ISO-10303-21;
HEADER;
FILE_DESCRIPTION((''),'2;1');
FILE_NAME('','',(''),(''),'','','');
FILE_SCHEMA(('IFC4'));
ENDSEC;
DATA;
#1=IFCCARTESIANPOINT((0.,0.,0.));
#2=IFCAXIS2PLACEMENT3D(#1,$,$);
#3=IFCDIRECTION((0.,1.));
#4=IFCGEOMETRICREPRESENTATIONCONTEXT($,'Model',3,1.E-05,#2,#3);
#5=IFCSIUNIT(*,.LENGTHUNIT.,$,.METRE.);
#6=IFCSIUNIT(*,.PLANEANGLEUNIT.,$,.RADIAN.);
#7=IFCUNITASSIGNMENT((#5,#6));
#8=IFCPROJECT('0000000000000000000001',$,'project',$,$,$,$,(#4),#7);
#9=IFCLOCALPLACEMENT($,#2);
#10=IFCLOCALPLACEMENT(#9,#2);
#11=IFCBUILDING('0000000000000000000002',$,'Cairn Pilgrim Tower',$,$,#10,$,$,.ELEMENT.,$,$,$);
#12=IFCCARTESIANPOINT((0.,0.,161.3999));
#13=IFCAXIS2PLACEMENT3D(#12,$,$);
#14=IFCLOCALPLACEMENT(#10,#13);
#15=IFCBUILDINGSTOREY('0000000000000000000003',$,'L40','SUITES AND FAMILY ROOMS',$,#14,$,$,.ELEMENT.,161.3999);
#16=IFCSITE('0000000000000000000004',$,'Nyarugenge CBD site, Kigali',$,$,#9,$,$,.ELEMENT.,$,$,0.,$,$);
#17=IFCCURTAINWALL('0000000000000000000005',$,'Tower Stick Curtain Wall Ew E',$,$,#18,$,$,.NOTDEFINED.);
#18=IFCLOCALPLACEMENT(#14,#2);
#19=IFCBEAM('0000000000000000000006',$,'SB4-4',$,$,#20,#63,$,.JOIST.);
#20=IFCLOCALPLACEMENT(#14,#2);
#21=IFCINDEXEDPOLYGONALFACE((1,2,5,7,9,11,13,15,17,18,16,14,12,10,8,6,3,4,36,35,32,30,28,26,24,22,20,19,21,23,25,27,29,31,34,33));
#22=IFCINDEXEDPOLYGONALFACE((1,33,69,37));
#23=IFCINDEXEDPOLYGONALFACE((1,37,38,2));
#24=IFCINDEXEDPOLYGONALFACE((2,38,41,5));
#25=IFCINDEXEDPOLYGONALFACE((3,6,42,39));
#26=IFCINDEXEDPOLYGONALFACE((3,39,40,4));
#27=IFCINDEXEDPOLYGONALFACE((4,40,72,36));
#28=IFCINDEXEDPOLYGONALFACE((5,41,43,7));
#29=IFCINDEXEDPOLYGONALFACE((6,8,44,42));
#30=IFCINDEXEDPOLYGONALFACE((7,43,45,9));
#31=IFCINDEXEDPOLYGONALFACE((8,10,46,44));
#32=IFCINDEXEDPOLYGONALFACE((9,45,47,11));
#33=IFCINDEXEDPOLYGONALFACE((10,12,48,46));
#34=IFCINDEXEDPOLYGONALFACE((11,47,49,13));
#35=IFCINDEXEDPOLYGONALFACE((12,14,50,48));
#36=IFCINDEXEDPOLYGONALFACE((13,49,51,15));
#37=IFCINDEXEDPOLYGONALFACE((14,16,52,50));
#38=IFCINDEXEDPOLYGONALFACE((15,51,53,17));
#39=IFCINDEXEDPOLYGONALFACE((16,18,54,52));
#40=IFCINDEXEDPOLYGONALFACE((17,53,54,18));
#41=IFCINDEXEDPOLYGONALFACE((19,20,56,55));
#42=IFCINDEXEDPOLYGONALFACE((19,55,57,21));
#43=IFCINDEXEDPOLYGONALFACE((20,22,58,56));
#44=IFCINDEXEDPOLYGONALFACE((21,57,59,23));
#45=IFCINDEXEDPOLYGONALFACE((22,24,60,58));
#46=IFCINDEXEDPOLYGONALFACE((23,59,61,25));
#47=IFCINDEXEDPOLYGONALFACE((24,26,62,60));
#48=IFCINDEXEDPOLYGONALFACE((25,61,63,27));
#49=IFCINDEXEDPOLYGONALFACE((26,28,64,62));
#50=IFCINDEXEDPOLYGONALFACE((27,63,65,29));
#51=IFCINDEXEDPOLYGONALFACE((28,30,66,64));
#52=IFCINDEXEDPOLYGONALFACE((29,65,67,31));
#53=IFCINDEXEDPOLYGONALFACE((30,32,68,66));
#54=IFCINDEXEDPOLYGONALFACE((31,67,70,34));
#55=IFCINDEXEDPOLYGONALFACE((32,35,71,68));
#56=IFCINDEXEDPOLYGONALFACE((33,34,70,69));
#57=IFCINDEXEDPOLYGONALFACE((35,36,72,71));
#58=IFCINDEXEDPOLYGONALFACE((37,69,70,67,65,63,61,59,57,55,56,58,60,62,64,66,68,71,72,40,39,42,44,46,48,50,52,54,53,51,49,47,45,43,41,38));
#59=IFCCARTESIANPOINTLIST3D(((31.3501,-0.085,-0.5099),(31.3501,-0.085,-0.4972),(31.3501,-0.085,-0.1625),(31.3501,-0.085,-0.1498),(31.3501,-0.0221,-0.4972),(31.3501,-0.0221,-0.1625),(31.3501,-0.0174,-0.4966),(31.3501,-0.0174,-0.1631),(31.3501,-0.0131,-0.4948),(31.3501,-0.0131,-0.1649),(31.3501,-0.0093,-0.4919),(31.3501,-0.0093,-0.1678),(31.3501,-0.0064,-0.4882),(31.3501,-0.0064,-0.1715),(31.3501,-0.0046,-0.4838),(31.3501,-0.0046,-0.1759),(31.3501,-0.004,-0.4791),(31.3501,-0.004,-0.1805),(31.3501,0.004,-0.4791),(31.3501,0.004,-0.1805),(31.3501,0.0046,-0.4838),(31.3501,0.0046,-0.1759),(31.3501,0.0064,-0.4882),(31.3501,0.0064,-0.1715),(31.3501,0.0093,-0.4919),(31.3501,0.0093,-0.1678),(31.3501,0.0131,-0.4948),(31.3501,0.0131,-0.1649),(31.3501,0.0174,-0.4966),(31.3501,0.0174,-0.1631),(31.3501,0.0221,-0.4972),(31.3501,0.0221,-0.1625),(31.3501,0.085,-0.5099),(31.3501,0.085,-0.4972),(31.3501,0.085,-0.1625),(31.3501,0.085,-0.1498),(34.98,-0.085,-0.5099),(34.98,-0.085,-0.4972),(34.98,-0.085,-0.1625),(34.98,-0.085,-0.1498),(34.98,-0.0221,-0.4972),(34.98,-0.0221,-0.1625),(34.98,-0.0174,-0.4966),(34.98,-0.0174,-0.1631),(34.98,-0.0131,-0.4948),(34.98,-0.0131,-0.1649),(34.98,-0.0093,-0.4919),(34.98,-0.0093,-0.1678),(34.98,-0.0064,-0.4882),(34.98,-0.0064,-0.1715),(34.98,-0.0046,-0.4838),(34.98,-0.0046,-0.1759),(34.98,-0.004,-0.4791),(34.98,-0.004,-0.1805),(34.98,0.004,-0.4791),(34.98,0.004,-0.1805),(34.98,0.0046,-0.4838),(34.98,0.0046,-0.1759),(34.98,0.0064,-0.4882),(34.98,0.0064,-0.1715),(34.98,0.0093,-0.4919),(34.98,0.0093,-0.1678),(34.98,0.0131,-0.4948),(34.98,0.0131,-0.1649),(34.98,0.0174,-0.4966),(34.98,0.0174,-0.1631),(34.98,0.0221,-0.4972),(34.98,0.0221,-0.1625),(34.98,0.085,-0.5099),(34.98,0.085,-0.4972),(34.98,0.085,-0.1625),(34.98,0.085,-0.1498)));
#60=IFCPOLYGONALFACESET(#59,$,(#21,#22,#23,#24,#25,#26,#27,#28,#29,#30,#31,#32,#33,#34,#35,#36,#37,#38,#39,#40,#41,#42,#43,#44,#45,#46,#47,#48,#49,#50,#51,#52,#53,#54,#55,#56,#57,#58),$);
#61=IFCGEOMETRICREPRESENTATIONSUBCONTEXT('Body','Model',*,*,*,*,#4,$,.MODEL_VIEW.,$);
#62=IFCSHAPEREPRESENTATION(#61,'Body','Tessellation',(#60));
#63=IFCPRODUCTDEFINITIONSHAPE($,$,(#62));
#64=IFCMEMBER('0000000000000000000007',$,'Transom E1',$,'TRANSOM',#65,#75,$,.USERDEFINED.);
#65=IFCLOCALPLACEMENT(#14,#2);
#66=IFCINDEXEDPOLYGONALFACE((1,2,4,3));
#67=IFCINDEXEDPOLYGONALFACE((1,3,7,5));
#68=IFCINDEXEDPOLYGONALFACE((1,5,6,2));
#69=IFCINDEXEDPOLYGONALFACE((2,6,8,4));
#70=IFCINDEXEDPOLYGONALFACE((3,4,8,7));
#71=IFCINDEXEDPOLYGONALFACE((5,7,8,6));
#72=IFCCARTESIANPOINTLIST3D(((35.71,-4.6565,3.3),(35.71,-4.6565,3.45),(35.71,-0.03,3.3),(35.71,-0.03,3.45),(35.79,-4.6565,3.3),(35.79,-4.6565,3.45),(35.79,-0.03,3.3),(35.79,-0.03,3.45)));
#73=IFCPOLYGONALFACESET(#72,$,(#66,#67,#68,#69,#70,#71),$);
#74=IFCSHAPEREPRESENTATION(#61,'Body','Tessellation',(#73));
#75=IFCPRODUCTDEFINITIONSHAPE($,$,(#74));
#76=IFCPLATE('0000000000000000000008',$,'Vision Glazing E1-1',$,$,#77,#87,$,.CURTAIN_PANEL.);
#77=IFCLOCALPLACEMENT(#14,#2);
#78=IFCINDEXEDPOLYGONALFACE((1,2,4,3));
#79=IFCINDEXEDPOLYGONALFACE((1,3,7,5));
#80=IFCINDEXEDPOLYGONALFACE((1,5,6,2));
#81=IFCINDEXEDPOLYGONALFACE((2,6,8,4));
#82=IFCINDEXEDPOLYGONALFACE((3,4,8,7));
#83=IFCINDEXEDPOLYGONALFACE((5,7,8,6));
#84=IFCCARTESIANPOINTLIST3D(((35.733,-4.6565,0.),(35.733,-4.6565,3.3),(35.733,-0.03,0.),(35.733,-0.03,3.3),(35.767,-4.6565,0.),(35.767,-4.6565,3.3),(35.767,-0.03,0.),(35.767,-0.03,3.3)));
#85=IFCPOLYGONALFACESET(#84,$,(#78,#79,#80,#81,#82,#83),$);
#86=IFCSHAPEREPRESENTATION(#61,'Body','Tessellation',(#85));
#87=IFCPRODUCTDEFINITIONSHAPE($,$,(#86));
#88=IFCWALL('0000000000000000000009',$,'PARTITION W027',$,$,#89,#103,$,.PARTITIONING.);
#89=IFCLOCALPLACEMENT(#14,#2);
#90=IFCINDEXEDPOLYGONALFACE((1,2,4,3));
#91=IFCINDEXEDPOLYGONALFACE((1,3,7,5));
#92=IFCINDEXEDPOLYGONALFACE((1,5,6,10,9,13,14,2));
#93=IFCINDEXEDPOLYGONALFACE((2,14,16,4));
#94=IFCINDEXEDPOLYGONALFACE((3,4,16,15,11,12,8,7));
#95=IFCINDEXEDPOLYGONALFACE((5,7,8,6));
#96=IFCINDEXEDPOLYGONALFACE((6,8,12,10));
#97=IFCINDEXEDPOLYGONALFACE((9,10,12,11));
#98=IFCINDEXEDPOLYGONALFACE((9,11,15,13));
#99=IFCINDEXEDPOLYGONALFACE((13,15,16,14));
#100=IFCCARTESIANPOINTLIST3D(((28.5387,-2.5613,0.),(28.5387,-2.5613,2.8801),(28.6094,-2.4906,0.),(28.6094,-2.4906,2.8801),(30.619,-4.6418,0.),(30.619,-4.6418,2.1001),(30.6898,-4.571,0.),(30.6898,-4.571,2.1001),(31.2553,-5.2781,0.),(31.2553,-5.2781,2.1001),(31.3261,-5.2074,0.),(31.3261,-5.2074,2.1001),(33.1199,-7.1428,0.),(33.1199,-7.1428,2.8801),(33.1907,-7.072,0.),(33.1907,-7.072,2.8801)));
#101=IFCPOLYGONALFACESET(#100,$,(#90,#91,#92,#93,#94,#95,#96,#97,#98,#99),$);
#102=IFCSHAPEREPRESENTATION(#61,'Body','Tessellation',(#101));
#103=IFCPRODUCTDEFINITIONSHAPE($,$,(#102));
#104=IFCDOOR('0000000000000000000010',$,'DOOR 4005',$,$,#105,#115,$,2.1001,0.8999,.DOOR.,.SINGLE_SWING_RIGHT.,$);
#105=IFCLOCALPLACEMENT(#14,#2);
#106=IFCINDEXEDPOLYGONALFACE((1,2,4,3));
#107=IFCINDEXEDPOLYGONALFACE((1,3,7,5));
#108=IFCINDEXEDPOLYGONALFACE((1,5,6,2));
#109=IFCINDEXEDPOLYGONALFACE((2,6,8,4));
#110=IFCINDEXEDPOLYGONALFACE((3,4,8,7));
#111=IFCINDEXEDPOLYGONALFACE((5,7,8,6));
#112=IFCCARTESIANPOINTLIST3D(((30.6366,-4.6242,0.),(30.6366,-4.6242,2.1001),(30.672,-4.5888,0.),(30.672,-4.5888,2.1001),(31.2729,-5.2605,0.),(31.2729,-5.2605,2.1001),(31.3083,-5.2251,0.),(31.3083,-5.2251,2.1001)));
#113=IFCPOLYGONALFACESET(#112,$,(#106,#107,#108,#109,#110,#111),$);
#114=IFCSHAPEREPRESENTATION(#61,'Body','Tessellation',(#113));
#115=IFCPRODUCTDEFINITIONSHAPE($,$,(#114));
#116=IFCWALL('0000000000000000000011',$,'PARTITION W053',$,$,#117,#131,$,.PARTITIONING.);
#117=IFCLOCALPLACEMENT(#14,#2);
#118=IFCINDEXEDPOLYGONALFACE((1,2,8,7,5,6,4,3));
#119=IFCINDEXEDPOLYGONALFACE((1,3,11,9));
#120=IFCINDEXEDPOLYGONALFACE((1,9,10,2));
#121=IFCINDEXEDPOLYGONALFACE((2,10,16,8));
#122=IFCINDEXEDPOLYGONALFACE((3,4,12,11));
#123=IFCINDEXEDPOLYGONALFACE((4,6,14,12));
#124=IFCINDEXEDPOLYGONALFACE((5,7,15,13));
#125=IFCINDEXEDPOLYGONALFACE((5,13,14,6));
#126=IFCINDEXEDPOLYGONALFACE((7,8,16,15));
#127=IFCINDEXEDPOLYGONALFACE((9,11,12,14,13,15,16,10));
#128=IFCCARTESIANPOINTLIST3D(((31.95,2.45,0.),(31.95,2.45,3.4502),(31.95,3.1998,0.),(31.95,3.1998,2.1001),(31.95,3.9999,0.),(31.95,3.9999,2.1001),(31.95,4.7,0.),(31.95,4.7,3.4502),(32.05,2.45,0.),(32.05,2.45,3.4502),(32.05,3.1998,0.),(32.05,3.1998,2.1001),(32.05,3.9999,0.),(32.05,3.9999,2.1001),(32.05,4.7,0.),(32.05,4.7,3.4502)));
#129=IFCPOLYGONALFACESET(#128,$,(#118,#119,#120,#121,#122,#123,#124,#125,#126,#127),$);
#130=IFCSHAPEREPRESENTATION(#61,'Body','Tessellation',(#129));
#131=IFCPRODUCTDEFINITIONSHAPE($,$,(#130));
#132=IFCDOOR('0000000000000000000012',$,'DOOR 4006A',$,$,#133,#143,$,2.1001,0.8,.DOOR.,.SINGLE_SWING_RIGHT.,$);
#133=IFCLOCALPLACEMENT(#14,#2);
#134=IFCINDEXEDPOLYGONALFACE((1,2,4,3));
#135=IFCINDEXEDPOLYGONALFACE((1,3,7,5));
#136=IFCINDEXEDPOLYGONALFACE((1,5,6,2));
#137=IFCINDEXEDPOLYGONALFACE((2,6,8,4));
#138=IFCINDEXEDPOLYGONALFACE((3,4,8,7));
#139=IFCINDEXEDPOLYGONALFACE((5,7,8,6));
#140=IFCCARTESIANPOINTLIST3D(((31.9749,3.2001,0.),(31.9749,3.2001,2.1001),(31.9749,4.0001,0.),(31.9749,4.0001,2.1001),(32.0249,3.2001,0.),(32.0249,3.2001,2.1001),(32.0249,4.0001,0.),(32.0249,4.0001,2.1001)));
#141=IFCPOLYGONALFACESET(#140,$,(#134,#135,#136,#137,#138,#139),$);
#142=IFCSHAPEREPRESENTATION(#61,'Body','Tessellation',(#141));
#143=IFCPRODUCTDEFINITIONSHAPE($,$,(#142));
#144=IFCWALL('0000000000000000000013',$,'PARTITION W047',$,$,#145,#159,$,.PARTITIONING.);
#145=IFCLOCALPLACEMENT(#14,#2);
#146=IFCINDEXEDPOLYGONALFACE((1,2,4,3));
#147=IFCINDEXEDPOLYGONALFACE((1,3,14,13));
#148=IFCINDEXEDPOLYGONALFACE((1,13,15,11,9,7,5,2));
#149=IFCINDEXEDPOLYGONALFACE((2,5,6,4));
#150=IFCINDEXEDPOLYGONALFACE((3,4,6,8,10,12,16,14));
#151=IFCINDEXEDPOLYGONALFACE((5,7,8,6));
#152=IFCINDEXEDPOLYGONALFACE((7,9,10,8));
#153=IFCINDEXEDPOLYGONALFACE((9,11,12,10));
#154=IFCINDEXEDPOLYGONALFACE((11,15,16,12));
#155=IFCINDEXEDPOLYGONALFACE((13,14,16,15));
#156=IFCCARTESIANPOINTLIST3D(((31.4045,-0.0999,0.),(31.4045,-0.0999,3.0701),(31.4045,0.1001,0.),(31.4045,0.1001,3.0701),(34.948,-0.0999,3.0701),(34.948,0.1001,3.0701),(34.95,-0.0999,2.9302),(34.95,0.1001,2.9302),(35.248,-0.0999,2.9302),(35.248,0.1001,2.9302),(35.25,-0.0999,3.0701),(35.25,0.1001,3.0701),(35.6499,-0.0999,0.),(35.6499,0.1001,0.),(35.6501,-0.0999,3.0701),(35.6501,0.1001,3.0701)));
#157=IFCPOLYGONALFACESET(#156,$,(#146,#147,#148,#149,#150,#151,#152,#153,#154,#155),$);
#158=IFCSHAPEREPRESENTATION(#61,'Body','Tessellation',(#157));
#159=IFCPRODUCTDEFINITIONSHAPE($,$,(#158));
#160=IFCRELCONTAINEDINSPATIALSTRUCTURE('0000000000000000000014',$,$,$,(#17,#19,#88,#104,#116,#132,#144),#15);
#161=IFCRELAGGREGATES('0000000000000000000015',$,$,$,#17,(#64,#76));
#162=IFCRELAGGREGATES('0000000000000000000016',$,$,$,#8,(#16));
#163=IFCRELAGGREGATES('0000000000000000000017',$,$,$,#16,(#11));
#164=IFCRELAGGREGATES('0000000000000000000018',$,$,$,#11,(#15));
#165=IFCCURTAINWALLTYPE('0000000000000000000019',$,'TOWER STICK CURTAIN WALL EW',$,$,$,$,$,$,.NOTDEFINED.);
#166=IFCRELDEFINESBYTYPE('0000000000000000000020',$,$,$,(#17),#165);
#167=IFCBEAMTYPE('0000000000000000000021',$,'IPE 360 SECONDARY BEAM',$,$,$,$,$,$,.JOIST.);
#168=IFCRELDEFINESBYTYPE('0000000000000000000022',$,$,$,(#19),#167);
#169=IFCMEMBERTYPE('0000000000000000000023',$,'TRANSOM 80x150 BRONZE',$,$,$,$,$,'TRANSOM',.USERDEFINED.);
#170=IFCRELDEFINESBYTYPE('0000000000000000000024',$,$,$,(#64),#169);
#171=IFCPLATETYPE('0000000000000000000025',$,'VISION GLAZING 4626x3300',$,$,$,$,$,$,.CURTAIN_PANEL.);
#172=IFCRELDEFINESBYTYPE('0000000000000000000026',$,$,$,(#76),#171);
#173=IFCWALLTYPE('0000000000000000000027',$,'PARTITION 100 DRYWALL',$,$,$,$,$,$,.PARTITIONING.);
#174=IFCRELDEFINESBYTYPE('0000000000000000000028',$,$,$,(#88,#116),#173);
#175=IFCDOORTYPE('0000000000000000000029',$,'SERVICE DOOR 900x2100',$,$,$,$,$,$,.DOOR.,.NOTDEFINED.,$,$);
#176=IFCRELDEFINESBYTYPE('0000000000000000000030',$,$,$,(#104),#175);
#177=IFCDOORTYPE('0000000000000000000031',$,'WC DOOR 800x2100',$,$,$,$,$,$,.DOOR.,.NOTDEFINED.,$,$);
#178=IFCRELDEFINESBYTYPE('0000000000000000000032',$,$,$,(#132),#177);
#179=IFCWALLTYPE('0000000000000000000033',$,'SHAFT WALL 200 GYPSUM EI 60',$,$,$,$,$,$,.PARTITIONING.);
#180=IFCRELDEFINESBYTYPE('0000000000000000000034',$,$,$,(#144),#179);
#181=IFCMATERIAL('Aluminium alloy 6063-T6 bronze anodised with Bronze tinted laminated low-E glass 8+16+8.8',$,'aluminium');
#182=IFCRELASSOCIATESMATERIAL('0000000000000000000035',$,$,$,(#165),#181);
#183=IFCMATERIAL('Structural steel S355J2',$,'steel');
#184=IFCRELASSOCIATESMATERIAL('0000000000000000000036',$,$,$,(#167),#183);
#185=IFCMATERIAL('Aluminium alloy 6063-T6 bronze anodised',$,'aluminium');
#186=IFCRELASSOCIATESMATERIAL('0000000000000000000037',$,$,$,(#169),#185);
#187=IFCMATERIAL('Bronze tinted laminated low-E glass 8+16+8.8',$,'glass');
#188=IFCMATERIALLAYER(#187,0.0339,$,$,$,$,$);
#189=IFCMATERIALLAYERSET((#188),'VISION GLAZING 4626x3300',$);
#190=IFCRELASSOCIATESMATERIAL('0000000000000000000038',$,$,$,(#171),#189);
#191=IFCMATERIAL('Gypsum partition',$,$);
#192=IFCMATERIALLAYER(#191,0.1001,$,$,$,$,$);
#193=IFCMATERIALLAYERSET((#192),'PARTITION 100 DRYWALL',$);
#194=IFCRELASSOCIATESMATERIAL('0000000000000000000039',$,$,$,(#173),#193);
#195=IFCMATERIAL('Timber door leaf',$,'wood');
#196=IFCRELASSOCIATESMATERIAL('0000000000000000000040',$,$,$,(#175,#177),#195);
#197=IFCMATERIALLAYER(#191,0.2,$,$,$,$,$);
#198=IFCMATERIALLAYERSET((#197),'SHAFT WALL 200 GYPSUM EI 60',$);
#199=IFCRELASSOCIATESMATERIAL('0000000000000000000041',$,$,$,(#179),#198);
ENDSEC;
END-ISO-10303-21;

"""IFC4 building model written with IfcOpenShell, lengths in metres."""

from ifc_helpers import new_model, si_unit, direction, frame, frame_2d, origin, origin_2d, place, context, subcontext, project, spatial, polyline, rectangle, i_section, outline, extrude, material, layer, layer_set, material_profile, profile_set, type_object, element, fill, aggregate, save


model = new_model("IFC4")

# Units and contexts
model_context = context("Model", 3, precision=1e-05, world=origin(), true_north=direction((0.0, 1.0)))
body_context = subcontext(model_context, "Body", "Model", "MODEL_VIEW")
ifc_project = project(units=[si_unit("LENGTHUNIT", "METRE"), si_unit("PLANEANGLEUNIT", "RADIAN")], contexts=[model_context])

# Site, building, storey
site_placement = place(None, origin())
site = spatial("IfcSite", under=ifc_project, at=site_placement, Name="Nyarugenge CBD site, Kigali", CompositionType="ELEMENT", RefElevation=0.0)
building_placement = place(site_placement, origin())
building = spatial("IfcBuilding", under=site, at=building_placement, Name="Cairn Pilgrim Tower", CompositionType="ELEMENT")
storey_placement = place(building_placement, frame((0.0, 0.0, 161.3999)))
storey = spatial("IfcBuildingStorey", under=building, at=storey_placement, Name="L40", Description="SUITES AND FAMILY ROOMS", CompositionType="ELEMENT", Elevation=161.3999)

# Shared definitions
ifc_material_1 = material(Name="Aluminium alloy 6063-T6 bronze anodised with Bronze tinted laminated low-E glass 8+16+8.8", Category="aluminium")
ifc_material_2 = material(Name="Aluminium alloy 6063-T6 bronze anodised", Category="aluminium")

# Curtain wall
curtain_wall_type_1 = type_object("IfcCurtainWallType", Name="TOWER STICK CURTAIN WALL EW", PredefinedType="NOTDEFINED", material=ifc_material_1)
curtain_wall_1_placement = place(storey_placement, origin())
curtain_wall_1 = element("IfcCurtainWall", 1, at=curtain_wall_1_placement, inside=storey, type_object=curtain_wall_type_1, Name="Tower Stick Curtain Wall Ew E", PredefinedType="NOTDEFINED")

# Beam
ifc_material_3 = material(Name="Structural steel S355J2", Category="steel")
ifc_material_profile_1 = material_profile(ifc_material_3, i_section(OverallWidth=0.1699, OverallDepth=0.3601, WebThickness=0.0081, FlangeThickness=0.0127, FilletRadius=0.0181, at=origin_2d()), Name="IPE 360")
ifc_profile_set_1 = profile_set([ifc_material_profile_1], Name="Structural steel S355J2")
beam_type_1 = type_object("IfcBeamType", Name="IPE 360 SECONDARY BEAM", PredefinedType="JOIST", material=ifc_profile_set_1)
beam_1_placement = place(storey_placement, frame((31.3501, 0.0, -0.3298), z_axis=(1.0, 0.0, 0.0), x_axis=(0.0, 1.0, 0.0)))
element("IfcBeam", 2, at=beam_1_placement, inside=storey, type_object=beam_type_1, Name="SB4-4", PredefinedType="JOIST", context=body_context, shape_type="SweptSolid", body=[
    extrude(i_section(OverallWidth=0.1699, OverallDepth=0.3601, WebThickness=0.0081, FlangeThickness=0.0127, FilletRadius=0.0181, at=origin_2d()), origin(), (0.0, 0.0, 1.0), 3.6299),
])

# Member
ifc_material_profile_2 = material_profile(ifc_material_2, rectangle(XDim=0.0801, YDim=0.1499, at=origin_2d()), Name="TRANSOM 80x150 BRONZE")
ifc_profile_set_2 = profile_set([ifc_material_profile_2], Name="Aluminium alloy 6063-T6 bronze anodised")
member_type_1 = type_object("IfcMemberType", Name="TRANSOM 80x150 BRONZE", ElementType="TRANSOM", PredefinedType="USERDEFINED", material=ifc_profile_set_2)
member_1_placement = place(storey_placement, frame((35.75, -4.6565, 3.375), z_axis=(0.0, 1.0, 0.0), x_axis=(-1.0, 0.0, 0.0)))
member_1 = element("IfcMember", 3, at=member_1_placement, type_object=member_type_1, Name="Transom E1", ObjectType="TRANSOM", PredefinedType="USERDEFINED", context=body_context, shape_type="SweptSolid", body=[
    extrude(rectangle(XDim=0.0801, YDim=0.1499, at=origin_2d()), origin(), (0.0, 0.0, 1.0), 4.6265),
])

# Plate
ifc_material_4 = material(Name="Bronze tinted laminated low-E glass 8+16+8.8", Category="glass")
ifc_layer_1 = layer(ifc_material_4, 0.0339)
ifc_layer_set_1 = layer_set([ifc_layer_1], Name="VISION GLAZING 4626x3300")
plate_type = type_object("IfcPlateType", Name="VISION GLAZING 4626x3300", PredefinedType="CURTAIN_PANEL", material=ifc_layer_set_1)
plate_placement = place(storey_placement, frame((35.75, -2.3433, 0.0), z_axis=(0.0, 0.0, 1.0), x_axis=(0.0, 1.0, 0.0)))
plate = element("IfcPlate", 4, at=plate_placement, type_object=plate_type, Name="Vision Glazing E1-1", PredefinedType="CURTAIN_PANEL", context=body_context, shape_type="SweptSolid", body=[
    extrude(rectangle(XDim=4.6265, YDim=0.0339, at=origin_2d()), origin(), (0.0, 0.0, 1.0), 3.3),
])
aggregate(curtain_wall_1, [member_1, plate])

# Walls, openings, doors
ifc_material_5 = material(Name="Gypsum partition")
ifc_layer_2 = layer(ifc_material_5, 0.1001)
ifc_layer_set_2 = layer_set([ifc_layer_2], Name="PARTITION 100 DRYWALL")
wall_type_1 = type_object("IfcWallType", Name="PARTITION 100 DRYWALL", PredefinedType="PARTITIONING", material=ifc_layer_set_2)
wall_1_placement = place(storey_placement, frame((33.1553, -7.1074, 0.0), z_axis=(0.0, 0.0, 1.0), x_axis=(-0.707088, 0.707126, 0.0)))
wall_1 = element("IfcWall", 5, at=wall_1_placement, inside=storey, type_object=wall_type_1, Name="PARTITION W027", PredefinedType="PARTITIONING", context=body_context, shape_type="SweptSolid", body=[
    extrude(rectangle(XDim=6.479, YDim=0.1001, at=frame_2d((3.2395, 0.0))), origin(), (0.0, 0.0, 1.0), 2.8801),
])
opening_1_placement = place(wall_1_placement, frame((2.637, 0.0, 0.0)))
opening_1 = element("IfcOpeningElement", 6, at=opening_1_placement, cuts=wall_1, PredefinedType="OPENING", context=body_context, shape_type="SweptSolid", body=[
    extrude(rectangle(XDim=0.8999, YDim=2.1001, at=frame_2d((0.45, 1.05))), frame((0.0, 0.0601, 0.0), z_axis=(0.0, -1.0, 0.0), x_axis=(1.0, 0.0, 0.0)), (0.0, 0.0, 1.0), 0.1201),
])
ifc_material_6 = material(Name="Timber door leaf", Category="wood")
door_type_1 = type_object("IfcDoorType", Name="SERVICE DOOR 900x2100", OperationType="NOTDEFINED", PredefinedType="DOOR", material=ifc_material_6)
door_1_placement = place(opening_1_placement, frame((0.8999, 0.0, 0.0), z_axis=(0.0, 0.0, 1.0), x_axis=(-1.0, 0.0, 0.0)))
door_1 = element("IfcDoor", 7, at=door_1_placement, inside=storey, type_object=door_type_1, Name="DOOR 4005", OperationType="SINGLE_SWING_RIGHT", OverallHeight=2.1001, OverallWidth=0.8999, PredefinedType="DOOR", context=body_context, shape_type="SweptSolid", body=[
    extrude(rectangle(XDim=0.8999, YDim=2.1001, at=frame_2d((0.45, 1.05))), frame((0.0, 0.0249, 0.0), z_axis=(0.0, -1.0, 0.0), x_axis=(1.0, 0.0, 0.0)), (0.0, 0.0, 1.0), 0.05),
])
fill(opening_1, door_1)
wall_2_placement = place(storey_placement, frame((32.0, 2.45, 0.0), z_axis=(0.0, 0.0, 1.0), x_axis=(0.0, 1.0, 0.0)))
wall_2 = element("IfcWall", 8, at=wall_2_placement, inside=storey, type_object=wall_type_1, Name="PARTITION W053", PredefinedType="PARTITIONING", context=body_context, shape_type="SweptSolid", body=[
    extrude(rectangle(XDim=2.25, YDim=0.1001, at=frame_2d((1.125, 0.0))), origin(), (0.0, 0.0, 1.0), 3.4502),
])
opening_2_placement = place(wall_2_placement, frame((0.75, 0.0, 0.0)))
opening_2 = element("IfcOpeningElement", 9, at=opening_2_placement, cuts=wall_2, PredefinedType="OPENING", context=body_context, shape_type="SweptSolid", body=[
    extrude(rectangle(XDim=0.8, YDim=2.1001, at=frame_2d((0.3999, 1.05))), frame((0.0, 0.0601, 0.0), z_axis=(0.0, -1.0, 0.0), x_axis=(1.0, 0.0, 0.0)), (0.0, 0.0, 1.0), 0.1201),
])
door_type_2 = type_object("IfcDoorType", Name="WC DOOR 800x2100", OperationType="NOTDEFINED", PredefinedType="DOOR", material=ifc_material_6)
door_2_placement = place(opening_2_placement, frame((0.8, 0.0, 0.0), z_axis=(0.0, 0.0, 1.0), x_axis=(-1.0, 0.0, 0.0)))
door_2 = element("IfcDoor", 10, at=door_2_placement, inside=storey, type_object=door_type_2, Name="DOOR 4006A", OperationType="SINGLE_SWING_RIGHT", OverallHeight=2.1001, OverallWidth=0.8, PredefinedType="DOOR", context=body_context, shape_type="SweptSolid", body=[
    extrude(rectangle(XDim=0.8, YDim=2.1001, at=frame_2d((0.3999, 1.05))), frame((0.0, 0.0249, 0.0), z_axis=(0.0, -1.0, 0.0), x_axis=(1.0, 0.0, 0.0)), (0.0, 0.0, 1.0), 0.05),
])
fill(opening_2, door_2)

# Wall
ifc_layer_3 = layer(ifc_material_5, 0.2)
ifc_layer_set_3 = layer_set([ifc_layer_3], Name="SHAFT WALL 200 GYPSUM EI 60")
wall_type_2 = type_object("IfcWallType", Name="SHAFT WALL 200 GYPSUM EI 60", PredefinedType="PARTITIONING", material=ifc_layer_set_3)
wall_3_placement = place(storey_placement, frame((31.4045, 0.0, 0.0), z_axis=(0.0, 0.0, 1.0), x_axis=(1.0, 0.0, 0.0)))
element("IfcWall", 11, at=wall_3_placement, inside=storey, type_object=wall_type_2, Name="PARTITION W047", PredefinedType="PARTITIONING", context=body_context, shape_type="SweptSolid", body=[
    extrude(outline(polyline([(0.0, 0.0), (4.2454, 0.0), (4.2456, 3.0701), (3.8455, 3.0701), (3.8435, 2.9302), (3.5454, 2.9302), (3.5435, 3.0701), (0.0, 3.0701), (0.0, 0.0)])), frame((0.0, 0.1001, 0.0), z_axis=(0.0, -1.0, 0.0), x_axis=(1.0, 0.0, 0.0)), (0.0, 0.0, 1.0), 0.2),
])

save(model, "model.ifc")
